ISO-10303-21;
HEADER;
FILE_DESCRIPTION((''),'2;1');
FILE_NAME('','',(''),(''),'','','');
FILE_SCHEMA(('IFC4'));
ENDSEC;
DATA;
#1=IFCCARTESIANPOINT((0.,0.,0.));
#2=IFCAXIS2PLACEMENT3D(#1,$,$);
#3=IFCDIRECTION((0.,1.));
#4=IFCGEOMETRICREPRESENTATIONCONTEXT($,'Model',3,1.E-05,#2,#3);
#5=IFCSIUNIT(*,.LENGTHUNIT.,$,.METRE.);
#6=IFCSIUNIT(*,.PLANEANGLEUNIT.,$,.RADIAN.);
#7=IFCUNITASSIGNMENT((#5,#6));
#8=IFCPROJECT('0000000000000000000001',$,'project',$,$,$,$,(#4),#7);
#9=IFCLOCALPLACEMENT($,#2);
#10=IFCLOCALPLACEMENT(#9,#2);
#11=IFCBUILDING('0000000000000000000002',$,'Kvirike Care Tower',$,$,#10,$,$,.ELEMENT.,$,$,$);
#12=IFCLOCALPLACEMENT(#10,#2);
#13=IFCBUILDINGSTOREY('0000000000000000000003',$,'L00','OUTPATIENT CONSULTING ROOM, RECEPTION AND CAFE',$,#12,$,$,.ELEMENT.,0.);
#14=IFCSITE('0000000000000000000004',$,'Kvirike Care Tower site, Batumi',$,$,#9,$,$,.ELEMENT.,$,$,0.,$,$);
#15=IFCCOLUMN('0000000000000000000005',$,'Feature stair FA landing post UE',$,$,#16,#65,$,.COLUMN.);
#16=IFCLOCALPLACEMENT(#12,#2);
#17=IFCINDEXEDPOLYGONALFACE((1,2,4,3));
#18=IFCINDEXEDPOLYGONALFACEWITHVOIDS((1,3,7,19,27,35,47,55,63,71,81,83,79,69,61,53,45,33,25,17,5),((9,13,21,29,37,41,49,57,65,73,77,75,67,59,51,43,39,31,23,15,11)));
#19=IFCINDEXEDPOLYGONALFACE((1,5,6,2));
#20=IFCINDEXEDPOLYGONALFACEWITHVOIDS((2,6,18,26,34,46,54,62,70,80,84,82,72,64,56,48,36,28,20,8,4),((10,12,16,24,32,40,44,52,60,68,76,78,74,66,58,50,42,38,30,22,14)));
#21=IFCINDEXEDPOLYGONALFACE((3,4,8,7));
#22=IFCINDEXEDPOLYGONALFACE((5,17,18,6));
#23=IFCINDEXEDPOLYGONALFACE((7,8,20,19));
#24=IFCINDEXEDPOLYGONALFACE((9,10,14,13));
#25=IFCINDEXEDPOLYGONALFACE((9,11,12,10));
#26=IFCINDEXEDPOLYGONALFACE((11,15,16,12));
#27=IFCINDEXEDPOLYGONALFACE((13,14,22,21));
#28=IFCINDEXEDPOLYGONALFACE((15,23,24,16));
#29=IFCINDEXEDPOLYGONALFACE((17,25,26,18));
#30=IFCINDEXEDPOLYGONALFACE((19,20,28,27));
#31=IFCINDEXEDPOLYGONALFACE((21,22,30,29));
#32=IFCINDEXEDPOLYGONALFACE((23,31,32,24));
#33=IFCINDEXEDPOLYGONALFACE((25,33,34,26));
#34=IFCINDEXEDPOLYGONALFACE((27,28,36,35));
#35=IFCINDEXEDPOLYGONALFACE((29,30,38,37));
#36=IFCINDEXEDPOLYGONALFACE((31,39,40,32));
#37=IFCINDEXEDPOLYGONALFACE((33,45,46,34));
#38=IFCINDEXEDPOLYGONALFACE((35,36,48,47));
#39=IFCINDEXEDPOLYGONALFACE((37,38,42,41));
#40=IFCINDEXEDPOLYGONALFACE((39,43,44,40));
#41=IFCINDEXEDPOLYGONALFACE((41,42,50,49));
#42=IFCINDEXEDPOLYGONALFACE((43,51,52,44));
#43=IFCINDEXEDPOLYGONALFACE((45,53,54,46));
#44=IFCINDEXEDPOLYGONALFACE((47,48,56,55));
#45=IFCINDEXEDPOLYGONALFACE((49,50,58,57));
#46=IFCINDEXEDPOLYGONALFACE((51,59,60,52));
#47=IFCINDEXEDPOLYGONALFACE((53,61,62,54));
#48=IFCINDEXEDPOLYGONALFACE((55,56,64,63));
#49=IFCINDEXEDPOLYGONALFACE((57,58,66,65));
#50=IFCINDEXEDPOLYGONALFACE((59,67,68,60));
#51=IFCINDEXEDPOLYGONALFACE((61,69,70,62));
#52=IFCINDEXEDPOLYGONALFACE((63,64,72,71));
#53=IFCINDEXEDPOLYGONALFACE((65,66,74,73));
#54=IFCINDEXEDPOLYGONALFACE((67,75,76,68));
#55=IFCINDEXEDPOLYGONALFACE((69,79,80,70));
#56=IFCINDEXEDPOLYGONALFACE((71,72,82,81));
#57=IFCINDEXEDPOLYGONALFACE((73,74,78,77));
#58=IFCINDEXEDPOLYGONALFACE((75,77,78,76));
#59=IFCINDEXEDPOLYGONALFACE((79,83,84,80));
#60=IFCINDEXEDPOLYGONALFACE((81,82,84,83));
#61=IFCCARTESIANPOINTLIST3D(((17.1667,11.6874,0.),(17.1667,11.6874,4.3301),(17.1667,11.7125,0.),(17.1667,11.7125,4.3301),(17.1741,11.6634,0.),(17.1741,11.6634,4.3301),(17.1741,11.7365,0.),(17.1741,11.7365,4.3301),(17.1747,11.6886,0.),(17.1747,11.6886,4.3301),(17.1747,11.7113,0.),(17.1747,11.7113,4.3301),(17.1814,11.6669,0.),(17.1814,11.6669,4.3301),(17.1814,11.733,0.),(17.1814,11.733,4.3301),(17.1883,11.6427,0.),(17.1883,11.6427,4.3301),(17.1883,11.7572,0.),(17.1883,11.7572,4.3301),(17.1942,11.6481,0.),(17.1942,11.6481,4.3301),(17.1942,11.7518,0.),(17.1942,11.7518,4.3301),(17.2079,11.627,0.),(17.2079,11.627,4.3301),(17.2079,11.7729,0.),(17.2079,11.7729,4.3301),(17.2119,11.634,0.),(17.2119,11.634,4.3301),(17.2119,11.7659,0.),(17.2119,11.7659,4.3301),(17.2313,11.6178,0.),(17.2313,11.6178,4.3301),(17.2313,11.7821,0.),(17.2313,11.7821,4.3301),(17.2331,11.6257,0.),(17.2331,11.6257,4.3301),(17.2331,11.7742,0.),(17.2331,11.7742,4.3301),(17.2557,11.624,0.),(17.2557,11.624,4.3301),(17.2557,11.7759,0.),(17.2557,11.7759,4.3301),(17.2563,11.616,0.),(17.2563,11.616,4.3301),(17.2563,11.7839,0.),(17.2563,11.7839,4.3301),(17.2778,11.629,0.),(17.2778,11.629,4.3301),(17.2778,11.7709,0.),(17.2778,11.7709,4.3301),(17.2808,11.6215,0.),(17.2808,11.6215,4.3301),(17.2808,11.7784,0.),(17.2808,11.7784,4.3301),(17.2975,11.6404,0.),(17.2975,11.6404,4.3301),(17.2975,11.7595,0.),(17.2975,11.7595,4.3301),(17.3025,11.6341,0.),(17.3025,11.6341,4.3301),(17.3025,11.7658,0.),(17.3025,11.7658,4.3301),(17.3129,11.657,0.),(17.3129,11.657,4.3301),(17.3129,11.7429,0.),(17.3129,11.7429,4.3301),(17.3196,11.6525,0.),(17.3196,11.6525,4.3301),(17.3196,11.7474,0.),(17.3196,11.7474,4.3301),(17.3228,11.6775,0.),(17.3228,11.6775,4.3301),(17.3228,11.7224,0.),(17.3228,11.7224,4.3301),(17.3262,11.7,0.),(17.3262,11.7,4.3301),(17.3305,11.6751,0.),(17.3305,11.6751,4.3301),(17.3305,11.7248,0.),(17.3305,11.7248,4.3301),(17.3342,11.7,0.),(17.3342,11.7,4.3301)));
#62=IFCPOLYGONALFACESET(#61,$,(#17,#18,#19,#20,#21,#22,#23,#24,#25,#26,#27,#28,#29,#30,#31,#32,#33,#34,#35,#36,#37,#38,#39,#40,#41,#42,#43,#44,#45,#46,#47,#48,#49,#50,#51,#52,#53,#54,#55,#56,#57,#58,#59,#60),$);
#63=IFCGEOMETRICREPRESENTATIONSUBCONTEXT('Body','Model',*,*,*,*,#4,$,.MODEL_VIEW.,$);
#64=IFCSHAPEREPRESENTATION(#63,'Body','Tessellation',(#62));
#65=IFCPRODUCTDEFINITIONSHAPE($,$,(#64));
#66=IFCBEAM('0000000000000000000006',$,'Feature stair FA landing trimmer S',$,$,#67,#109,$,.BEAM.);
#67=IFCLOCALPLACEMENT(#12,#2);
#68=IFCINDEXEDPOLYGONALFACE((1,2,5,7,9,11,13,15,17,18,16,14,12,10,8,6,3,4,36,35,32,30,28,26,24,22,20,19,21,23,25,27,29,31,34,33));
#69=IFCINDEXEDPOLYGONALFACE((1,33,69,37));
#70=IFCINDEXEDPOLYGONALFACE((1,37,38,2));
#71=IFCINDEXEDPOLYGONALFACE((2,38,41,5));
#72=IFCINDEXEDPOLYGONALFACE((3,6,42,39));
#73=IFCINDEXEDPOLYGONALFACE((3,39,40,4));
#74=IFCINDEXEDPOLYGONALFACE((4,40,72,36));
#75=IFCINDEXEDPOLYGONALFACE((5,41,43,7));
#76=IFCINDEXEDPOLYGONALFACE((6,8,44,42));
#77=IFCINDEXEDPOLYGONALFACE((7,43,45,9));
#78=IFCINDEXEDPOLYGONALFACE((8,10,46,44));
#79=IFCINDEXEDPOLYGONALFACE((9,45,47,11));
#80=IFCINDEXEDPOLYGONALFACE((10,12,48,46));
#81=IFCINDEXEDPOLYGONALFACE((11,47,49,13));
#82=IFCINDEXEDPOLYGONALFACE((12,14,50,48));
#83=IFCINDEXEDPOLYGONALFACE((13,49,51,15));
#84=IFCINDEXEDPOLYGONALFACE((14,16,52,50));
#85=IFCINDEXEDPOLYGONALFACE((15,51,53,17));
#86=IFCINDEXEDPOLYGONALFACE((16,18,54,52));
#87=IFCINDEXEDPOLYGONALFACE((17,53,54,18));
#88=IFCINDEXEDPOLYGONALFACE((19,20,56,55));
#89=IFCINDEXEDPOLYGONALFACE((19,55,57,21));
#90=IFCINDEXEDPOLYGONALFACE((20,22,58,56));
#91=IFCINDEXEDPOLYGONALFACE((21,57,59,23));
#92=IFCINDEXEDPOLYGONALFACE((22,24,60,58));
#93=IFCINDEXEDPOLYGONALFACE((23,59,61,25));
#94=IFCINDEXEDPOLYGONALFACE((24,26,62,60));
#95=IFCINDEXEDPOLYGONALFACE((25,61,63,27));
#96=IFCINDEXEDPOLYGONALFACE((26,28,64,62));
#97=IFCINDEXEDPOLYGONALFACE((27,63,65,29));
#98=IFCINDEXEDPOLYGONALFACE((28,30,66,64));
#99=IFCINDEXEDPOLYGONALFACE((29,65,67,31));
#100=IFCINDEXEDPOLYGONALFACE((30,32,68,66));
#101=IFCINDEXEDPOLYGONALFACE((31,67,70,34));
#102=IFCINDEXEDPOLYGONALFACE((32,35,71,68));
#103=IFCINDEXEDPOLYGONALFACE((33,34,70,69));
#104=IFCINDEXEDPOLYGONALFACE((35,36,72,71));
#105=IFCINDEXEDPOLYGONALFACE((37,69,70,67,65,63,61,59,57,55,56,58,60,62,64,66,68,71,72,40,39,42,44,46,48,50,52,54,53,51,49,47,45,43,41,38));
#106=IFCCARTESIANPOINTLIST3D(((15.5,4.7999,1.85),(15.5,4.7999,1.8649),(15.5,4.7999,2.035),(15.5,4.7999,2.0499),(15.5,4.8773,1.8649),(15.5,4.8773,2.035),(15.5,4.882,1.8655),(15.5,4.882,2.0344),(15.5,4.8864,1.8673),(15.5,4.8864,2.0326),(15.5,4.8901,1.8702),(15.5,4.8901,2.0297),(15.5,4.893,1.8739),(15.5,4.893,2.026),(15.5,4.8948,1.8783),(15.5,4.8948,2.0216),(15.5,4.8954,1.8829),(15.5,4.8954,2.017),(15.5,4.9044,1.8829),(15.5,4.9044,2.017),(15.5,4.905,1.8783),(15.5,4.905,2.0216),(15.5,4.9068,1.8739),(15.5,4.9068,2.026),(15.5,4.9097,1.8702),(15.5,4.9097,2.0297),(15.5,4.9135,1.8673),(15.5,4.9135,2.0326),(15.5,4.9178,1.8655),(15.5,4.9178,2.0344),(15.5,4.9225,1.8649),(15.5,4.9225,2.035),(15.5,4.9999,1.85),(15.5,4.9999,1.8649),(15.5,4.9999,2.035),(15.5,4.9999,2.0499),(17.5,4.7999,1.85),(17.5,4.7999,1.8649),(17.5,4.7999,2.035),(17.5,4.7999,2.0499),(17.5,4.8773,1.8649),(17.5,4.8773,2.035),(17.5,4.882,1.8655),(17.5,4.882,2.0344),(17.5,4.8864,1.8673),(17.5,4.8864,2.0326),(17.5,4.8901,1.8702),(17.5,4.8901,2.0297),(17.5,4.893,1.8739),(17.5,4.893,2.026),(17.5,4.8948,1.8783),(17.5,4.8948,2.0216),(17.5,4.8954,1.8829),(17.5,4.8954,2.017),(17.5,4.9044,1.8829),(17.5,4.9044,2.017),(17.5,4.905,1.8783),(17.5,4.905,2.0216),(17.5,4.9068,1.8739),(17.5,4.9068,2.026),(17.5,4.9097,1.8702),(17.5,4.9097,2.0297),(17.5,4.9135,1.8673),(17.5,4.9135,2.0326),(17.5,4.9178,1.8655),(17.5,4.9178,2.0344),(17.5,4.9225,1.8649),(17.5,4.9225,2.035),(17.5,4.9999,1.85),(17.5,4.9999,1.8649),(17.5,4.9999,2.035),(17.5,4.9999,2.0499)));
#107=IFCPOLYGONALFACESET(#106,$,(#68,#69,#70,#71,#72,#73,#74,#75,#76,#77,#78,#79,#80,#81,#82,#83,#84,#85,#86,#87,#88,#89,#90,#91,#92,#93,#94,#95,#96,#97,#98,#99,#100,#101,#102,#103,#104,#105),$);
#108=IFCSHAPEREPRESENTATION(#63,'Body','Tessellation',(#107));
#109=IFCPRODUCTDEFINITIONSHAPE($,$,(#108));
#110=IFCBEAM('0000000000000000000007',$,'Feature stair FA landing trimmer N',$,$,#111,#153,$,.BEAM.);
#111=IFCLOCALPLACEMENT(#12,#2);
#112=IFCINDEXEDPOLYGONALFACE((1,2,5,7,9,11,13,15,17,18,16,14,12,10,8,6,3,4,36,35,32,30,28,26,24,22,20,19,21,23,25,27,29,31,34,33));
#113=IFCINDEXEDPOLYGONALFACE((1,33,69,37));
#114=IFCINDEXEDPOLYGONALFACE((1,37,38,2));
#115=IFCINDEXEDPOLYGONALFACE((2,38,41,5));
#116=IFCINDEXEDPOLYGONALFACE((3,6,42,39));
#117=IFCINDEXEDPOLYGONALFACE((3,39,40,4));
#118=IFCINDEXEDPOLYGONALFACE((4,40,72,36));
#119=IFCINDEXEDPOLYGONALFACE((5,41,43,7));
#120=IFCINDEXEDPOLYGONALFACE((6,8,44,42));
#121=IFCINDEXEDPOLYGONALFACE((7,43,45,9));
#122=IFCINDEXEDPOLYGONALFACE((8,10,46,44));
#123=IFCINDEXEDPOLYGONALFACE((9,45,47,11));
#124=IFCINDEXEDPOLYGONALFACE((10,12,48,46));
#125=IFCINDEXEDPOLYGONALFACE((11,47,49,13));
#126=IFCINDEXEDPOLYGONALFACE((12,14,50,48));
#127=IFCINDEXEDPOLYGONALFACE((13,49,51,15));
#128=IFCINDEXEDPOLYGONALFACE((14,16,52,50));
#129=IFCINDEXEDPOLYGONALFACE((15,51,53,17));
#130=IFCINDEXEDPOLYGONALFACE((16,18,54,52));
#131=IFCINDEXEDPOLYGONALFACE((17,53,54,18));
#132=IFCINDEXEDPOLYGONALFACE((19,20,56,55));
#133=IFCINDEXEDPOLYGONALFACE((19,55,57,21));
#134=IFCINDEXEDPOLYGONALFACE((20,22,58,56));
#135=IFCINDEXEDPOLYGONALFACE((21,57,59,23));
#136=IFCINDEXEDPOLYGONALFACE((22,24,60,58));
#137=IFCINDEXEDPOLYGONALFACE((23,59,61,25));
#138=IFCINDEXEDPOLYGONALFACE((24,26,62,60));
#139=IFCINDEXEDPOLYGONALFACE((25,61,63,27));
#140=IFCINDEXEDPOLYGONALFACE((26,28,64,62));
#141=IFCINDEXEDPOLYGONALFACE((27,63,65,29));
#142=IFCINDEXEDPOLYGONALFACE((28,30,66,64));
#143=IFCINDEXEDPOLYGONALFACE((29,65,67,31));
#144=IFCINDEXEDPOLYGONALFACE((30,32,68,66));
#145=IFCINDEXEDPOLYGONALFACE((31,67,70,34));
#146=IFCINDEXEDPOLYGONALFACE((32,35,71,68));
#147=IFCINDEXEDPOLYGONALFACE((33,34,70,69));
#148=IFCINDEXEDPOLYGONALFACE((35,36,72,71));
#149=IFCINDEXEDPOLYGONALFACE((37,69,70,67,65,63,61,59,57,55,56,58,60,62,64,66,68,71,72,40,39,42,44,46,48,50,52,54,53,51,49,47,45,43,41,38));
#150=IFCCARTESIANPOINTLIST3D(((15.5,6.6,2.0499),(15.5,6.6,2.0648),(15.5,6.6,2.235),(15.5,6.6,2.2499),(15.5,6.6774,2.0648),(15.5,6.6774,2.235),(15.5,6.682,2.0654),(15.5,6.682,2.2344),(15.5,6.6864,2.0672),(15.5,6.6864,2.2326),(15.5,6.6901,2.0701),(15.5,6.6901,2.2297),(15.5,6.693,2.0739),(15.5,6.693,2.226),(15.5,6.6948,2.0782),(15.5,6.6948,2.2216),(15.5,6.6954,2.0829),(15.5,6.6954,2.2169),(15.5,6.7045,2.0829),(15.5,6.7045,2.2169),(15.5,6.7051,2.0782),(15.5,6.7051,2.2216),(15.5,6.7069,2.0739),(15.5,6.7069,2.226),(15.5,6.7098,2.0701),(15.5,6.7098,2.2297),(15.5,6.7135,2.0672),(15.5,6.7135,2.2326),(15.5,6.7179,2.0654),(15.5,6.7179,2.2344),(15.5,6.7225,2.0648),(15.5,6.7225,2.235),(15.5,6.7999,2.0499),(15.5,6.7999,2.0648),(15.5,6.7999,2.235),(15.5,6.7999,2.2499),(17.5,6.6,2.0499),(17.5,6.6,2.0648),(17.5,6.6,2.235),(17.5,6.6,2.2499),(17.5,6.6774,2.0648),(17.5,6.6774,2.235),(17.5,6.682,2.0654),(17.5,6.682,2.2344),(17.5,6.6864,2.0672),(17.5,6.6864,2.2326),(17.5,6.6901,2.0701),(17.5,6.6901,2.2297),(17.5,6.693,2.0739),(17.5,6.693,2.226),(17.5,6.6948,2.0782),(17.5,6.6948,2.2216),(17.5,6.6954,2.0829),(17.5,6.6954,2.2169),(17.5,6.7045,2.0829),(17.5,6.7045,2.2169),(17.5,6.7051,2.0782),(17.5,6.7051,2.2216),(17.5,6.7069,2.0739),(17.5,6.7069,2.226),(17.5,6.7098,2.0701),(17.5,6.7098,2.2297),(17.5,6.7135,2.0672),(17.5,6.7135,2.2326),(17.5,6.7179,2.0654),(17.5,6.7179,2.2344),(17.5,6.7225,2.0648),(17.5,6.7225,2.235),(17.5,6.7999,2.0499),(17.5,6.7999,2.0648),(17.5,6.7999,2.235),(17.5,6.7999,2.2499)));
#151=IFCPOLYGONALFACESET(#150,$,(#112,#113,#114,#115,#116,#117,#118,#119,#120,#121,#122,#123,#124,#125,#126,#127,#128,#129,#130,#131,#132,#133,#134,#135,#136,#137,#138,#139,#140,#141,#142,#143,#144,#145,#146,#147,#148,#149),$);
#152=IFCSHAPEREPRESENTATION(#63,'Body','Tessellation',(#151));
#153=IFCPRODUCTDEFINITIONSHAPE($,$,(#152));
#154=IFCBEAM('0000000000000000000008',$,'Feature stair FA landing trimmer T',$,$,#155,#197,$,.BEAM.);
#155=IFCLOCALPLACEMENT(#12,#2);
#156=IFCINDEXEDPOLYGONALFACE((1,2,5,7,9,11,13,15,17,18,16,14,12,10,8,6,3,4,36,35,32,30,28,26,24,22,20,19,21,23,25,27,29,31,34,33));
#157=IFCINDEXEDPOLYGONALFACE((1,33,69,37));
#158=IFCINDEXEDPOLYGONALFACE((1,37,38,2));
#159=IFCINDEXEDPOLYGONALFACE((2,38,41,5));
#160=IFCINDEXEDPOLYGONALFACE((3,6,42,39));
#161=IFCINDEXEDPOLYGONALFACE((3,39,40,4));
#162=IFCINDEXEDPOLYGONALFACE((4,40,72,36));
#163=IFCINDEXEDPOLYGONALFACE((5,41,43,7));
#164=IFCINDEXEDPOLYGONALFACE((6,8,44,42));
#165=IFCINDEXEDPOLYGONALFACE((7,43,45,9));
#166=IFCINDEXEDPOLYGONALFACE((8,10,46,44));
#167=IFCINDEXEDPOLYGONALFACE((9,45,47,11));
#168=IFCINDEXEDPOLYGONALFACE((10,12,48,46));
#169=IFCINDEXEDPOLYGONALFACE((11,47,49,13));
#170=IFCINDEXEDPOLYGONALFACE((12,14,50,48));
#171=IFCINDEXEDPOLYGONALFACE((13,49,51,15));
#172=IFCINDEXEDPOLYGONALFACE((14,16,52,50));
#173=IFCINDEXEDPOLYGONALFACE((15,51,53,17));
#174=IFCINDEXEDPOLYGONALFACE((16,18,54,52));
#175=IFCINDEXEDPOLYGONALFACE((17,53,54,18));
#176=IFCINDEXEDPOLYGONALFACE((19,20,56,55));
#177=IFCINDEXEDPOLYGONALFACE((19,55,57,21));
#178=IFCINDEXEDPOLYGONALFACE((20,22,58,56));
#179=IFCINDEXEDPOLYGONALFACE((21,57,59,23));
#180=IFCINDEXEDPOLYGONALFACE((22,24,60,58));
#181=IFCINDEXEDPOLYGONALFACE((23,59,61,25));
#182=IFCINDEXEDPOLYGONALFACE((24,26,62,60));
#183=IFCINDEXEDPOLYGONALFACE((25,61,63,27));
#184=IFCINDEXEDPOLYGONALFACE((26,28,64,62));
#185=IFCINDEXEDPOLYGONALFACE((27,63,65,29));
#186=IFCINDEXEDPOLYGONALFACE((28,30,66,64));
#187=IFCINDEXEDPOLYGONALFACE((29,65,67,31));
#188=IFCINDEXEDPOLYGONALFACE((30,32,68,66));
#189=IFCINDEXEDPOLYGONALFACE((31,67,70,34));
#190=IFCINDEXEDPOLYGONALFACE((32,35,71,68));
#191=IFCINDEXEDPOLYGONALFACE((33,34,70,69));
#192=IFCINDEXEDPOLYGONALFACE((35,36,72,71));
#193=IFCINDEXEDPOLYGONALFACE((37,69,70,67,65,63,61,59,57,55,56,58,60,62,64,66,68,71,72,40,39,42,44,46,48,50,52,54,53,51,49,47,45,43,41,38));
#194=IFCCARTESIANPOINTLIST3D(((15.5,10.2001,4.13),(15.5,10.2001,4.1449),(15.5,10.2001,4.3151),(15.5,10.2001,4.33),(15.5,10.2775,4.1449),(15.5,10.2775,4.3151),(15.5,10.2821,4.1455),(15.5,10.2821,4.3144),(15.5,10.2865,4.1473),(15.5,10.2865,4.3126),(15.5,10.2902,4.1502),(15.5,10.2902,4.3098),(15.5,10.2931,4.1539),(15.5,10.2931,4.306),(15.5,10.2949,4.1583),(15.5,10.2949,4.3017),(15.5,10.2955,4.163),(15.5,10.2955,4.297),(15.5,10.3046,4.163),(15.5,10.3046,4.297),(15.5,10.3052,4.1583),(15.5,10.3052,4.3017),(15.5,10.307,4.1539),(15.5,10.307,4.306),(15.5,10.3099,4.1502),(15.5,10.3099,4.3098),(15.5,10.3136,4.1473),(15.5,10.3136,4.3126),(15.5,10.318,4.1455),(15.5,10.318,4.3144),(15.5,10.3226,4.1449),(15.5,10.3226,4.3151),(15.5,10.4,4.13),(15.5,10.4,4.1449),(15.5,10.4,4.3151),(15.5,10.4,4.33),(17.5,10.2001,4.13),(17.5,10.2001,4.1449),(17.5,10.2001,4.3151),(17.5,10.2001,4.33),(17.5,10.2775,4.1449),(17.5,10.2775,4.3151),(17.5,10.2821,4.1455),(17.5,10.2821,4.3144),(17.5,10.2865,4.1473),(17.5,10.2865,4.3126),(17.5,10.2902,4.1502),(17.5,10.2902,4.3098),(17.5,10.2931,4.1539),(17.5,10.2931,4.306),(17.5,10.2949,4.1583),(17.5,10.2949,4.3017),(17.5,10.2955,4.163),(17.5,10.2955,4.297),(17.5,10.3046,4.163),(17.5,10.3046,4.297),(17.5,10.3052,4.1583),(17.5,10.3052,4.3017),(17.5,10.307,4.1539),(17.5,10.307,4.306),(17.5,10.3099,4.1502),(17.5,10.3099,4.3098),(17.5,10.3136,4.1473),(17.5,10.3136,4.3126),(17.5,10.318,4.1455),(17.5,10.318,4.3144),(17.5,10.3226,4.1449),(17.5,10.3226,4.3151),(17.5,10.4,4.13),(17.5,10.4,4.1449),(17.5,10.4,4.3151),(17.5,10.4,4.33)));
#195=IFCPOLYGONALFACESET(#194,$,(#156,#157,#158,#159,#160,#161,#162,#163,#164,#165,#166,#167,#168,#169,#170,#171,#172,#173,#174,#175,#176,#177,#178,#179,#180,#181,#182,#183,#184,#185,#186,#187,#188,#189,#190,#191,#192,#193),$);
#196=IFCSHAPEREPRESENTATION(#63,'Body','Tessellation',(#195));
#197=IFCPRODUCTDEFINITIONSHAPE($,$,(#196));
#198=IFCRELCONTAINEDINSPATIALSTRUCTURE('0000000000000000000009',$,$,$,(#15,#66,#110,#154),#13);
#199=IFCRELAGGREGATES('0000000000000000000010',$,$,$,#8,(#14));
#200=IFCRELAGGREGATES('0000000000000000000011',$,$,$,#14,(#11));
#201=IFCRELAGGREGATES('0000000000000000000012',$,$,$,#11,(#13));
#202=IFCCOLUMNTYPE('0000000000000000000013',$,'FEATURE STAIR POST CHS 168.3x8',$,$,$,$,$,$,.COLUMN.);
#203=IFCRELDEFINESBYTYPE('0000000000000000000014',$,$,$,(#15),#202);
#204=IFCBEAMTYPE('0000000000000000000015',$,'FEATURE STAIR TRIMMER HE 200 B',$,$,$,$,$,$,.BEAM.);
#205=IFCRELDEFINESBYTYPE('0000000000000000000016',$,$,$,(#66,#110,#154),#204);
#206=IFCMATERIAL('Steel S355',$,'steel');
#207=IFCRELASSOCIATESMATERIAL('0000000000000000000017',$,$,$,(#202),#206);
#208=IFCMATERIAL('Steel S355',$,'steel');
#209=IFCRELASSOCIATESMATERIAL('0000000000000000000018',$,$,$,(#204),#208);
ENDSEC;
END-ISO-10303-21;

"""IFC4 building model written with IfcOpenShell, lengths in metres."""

from ifc_helpers import new_model, si_unit, direction, frame, origin, origin_2d, place, context, subcontext, project, spatial, hollow_circle, i_section, extrude, material, material_profile, profile_set, type_object, element, save


model = new_model("IFC4")

# Units and contexts
model_context = context("Model", 3, precision=1e-05, world=origin(), true_north=direction((0.0, 1.0)))
body_context = subcontext(model_context, "Body", "Model", "MODEL_VIEW")
ifc_project = project(units=[si_unit("LENGTHUNIT", "METRE"), si_unit("PLANEANGLEUNIT", "RADIAN")], contexts=[model_context])

# Site, building, storey
site_placement = place(None, origin())
site = spatial("IfcSite", under=ifc_project, at=site_placement, Name="Kvirike Care Tower site, Batumi", CompositionType="ELEMENT", RefElevation=0.0)
building_placement = place(site_placement, origin())
building = spatial("IfcBuilding", under=site, at=building_placement, Name="Kvirike Care Tower", CompositionType="ELEMENT")
storey_placement = place(building_placement, origin())
storey = spatial("IfcBuildingStorey", under=building, at=storey_placement, Name="L00", Description="OUTPATIENT CONSULTING ROOM, RECEPTION AND CAFE", CompositionType="ELEMENT", Elevation=0.0)

# Column
ifc_material_1 = material(Name="Steel S355", Category="steel")
ifc_material_profile_1 = material_profile(ifc_material_1, hollow_circle(Radius=0.0842, WallThickness=0.0081, at=origin_2d()), Name="CHS 168.3x8")
ifc_profile_set_1 = profile_set([ifc_material_profile_1], Name="Steel S355")
column_type_1 = type_object("IfcColumnType", Name="FEATURE STAIR POST CHS 168.3x8", PredefinedType="COLUMN", material=ifc_profile_set_1)
for number, where, z_axis, x_axis, name in (
    (1, (17.25, 11.7, 0.0), (0.0, 0.0, 1.0), (1.0, 0.0, 0.0), "Feature stair FA landing post UE"),
):
    element("IfcColumn", number, at=place(storey_placement, frame(where, z_axis=z_axis, x_axis=x_axis)), inside=storey, type_object=column_type_1, Name=name, PredefinedType="COLUMN", context=body_context, shape_type="SweptSolid", body=[
        extrude(hollow_circle(Radius=0.0842, WallThickness=0.0081, at=origin_2d()), origin(), (0.0, 0.0, 1.0), 4.3301),
    ])

# Beams
ifc_material_2 = material(Name="Steel S355", Category="steel")
ifc_material_profile_2 = material_profile(ifc_material_2, i_section(OverallWidth=0.2, OverallDepth=0.2, WebThickness=0.009, FlangeThickness=0.0149, FilletRadius=0.0181, at=origin_2d()), Name="HE 200 B")
ifc_profile_set_2 = profile_set([ifc_material_profile_2], Name="Steel S355")
beam_type = type_object("IfcBeamType", Name="FEATURE STAIR TRIMMER HE 200 B", PredefinedType="BEAM", material=ifc_profile_set_2)
for number, where, z_axis, x_axis, name in (
    (2, (15.5, 4.8999, 1.95), (1.0, 0.0, 0.0), (0.0, 1.0, 0.0), "Feature stair FA landing trimmer S"),
    (3, (15.5, 6.7, 2.1499), (1.0, 0.0, 0.0), (0.0, 1.0, 0.0), "Feature stair FA landing trimmer N"),
    (4, (15.5, 10.3, 4.23), (1.0, 0.0, 0.0), (0.0, 1.0, 0.0), "Feature stair FA landing trimmer T"),
):
    element("IfcBeam", number, at=place(storey_placement, frame(where, z_axis=z_axis, x_axis=x_axis)), inside=storey, type_object=beam_type, Name=name, PredefinedType="BEAM", context=body_context, shape_type="SweptSolid", body=[
        extrude(i_section(OverallWidth=0.2, OverallDepth=0.2, WebThickness=0.009, FlangeThickness=0.0149, FilletRadius=0.0181, at=origin_2d()), origin(), (0.0, 0.0, 1.0), 2.0),
    ])

save(model, "model.ifc")
